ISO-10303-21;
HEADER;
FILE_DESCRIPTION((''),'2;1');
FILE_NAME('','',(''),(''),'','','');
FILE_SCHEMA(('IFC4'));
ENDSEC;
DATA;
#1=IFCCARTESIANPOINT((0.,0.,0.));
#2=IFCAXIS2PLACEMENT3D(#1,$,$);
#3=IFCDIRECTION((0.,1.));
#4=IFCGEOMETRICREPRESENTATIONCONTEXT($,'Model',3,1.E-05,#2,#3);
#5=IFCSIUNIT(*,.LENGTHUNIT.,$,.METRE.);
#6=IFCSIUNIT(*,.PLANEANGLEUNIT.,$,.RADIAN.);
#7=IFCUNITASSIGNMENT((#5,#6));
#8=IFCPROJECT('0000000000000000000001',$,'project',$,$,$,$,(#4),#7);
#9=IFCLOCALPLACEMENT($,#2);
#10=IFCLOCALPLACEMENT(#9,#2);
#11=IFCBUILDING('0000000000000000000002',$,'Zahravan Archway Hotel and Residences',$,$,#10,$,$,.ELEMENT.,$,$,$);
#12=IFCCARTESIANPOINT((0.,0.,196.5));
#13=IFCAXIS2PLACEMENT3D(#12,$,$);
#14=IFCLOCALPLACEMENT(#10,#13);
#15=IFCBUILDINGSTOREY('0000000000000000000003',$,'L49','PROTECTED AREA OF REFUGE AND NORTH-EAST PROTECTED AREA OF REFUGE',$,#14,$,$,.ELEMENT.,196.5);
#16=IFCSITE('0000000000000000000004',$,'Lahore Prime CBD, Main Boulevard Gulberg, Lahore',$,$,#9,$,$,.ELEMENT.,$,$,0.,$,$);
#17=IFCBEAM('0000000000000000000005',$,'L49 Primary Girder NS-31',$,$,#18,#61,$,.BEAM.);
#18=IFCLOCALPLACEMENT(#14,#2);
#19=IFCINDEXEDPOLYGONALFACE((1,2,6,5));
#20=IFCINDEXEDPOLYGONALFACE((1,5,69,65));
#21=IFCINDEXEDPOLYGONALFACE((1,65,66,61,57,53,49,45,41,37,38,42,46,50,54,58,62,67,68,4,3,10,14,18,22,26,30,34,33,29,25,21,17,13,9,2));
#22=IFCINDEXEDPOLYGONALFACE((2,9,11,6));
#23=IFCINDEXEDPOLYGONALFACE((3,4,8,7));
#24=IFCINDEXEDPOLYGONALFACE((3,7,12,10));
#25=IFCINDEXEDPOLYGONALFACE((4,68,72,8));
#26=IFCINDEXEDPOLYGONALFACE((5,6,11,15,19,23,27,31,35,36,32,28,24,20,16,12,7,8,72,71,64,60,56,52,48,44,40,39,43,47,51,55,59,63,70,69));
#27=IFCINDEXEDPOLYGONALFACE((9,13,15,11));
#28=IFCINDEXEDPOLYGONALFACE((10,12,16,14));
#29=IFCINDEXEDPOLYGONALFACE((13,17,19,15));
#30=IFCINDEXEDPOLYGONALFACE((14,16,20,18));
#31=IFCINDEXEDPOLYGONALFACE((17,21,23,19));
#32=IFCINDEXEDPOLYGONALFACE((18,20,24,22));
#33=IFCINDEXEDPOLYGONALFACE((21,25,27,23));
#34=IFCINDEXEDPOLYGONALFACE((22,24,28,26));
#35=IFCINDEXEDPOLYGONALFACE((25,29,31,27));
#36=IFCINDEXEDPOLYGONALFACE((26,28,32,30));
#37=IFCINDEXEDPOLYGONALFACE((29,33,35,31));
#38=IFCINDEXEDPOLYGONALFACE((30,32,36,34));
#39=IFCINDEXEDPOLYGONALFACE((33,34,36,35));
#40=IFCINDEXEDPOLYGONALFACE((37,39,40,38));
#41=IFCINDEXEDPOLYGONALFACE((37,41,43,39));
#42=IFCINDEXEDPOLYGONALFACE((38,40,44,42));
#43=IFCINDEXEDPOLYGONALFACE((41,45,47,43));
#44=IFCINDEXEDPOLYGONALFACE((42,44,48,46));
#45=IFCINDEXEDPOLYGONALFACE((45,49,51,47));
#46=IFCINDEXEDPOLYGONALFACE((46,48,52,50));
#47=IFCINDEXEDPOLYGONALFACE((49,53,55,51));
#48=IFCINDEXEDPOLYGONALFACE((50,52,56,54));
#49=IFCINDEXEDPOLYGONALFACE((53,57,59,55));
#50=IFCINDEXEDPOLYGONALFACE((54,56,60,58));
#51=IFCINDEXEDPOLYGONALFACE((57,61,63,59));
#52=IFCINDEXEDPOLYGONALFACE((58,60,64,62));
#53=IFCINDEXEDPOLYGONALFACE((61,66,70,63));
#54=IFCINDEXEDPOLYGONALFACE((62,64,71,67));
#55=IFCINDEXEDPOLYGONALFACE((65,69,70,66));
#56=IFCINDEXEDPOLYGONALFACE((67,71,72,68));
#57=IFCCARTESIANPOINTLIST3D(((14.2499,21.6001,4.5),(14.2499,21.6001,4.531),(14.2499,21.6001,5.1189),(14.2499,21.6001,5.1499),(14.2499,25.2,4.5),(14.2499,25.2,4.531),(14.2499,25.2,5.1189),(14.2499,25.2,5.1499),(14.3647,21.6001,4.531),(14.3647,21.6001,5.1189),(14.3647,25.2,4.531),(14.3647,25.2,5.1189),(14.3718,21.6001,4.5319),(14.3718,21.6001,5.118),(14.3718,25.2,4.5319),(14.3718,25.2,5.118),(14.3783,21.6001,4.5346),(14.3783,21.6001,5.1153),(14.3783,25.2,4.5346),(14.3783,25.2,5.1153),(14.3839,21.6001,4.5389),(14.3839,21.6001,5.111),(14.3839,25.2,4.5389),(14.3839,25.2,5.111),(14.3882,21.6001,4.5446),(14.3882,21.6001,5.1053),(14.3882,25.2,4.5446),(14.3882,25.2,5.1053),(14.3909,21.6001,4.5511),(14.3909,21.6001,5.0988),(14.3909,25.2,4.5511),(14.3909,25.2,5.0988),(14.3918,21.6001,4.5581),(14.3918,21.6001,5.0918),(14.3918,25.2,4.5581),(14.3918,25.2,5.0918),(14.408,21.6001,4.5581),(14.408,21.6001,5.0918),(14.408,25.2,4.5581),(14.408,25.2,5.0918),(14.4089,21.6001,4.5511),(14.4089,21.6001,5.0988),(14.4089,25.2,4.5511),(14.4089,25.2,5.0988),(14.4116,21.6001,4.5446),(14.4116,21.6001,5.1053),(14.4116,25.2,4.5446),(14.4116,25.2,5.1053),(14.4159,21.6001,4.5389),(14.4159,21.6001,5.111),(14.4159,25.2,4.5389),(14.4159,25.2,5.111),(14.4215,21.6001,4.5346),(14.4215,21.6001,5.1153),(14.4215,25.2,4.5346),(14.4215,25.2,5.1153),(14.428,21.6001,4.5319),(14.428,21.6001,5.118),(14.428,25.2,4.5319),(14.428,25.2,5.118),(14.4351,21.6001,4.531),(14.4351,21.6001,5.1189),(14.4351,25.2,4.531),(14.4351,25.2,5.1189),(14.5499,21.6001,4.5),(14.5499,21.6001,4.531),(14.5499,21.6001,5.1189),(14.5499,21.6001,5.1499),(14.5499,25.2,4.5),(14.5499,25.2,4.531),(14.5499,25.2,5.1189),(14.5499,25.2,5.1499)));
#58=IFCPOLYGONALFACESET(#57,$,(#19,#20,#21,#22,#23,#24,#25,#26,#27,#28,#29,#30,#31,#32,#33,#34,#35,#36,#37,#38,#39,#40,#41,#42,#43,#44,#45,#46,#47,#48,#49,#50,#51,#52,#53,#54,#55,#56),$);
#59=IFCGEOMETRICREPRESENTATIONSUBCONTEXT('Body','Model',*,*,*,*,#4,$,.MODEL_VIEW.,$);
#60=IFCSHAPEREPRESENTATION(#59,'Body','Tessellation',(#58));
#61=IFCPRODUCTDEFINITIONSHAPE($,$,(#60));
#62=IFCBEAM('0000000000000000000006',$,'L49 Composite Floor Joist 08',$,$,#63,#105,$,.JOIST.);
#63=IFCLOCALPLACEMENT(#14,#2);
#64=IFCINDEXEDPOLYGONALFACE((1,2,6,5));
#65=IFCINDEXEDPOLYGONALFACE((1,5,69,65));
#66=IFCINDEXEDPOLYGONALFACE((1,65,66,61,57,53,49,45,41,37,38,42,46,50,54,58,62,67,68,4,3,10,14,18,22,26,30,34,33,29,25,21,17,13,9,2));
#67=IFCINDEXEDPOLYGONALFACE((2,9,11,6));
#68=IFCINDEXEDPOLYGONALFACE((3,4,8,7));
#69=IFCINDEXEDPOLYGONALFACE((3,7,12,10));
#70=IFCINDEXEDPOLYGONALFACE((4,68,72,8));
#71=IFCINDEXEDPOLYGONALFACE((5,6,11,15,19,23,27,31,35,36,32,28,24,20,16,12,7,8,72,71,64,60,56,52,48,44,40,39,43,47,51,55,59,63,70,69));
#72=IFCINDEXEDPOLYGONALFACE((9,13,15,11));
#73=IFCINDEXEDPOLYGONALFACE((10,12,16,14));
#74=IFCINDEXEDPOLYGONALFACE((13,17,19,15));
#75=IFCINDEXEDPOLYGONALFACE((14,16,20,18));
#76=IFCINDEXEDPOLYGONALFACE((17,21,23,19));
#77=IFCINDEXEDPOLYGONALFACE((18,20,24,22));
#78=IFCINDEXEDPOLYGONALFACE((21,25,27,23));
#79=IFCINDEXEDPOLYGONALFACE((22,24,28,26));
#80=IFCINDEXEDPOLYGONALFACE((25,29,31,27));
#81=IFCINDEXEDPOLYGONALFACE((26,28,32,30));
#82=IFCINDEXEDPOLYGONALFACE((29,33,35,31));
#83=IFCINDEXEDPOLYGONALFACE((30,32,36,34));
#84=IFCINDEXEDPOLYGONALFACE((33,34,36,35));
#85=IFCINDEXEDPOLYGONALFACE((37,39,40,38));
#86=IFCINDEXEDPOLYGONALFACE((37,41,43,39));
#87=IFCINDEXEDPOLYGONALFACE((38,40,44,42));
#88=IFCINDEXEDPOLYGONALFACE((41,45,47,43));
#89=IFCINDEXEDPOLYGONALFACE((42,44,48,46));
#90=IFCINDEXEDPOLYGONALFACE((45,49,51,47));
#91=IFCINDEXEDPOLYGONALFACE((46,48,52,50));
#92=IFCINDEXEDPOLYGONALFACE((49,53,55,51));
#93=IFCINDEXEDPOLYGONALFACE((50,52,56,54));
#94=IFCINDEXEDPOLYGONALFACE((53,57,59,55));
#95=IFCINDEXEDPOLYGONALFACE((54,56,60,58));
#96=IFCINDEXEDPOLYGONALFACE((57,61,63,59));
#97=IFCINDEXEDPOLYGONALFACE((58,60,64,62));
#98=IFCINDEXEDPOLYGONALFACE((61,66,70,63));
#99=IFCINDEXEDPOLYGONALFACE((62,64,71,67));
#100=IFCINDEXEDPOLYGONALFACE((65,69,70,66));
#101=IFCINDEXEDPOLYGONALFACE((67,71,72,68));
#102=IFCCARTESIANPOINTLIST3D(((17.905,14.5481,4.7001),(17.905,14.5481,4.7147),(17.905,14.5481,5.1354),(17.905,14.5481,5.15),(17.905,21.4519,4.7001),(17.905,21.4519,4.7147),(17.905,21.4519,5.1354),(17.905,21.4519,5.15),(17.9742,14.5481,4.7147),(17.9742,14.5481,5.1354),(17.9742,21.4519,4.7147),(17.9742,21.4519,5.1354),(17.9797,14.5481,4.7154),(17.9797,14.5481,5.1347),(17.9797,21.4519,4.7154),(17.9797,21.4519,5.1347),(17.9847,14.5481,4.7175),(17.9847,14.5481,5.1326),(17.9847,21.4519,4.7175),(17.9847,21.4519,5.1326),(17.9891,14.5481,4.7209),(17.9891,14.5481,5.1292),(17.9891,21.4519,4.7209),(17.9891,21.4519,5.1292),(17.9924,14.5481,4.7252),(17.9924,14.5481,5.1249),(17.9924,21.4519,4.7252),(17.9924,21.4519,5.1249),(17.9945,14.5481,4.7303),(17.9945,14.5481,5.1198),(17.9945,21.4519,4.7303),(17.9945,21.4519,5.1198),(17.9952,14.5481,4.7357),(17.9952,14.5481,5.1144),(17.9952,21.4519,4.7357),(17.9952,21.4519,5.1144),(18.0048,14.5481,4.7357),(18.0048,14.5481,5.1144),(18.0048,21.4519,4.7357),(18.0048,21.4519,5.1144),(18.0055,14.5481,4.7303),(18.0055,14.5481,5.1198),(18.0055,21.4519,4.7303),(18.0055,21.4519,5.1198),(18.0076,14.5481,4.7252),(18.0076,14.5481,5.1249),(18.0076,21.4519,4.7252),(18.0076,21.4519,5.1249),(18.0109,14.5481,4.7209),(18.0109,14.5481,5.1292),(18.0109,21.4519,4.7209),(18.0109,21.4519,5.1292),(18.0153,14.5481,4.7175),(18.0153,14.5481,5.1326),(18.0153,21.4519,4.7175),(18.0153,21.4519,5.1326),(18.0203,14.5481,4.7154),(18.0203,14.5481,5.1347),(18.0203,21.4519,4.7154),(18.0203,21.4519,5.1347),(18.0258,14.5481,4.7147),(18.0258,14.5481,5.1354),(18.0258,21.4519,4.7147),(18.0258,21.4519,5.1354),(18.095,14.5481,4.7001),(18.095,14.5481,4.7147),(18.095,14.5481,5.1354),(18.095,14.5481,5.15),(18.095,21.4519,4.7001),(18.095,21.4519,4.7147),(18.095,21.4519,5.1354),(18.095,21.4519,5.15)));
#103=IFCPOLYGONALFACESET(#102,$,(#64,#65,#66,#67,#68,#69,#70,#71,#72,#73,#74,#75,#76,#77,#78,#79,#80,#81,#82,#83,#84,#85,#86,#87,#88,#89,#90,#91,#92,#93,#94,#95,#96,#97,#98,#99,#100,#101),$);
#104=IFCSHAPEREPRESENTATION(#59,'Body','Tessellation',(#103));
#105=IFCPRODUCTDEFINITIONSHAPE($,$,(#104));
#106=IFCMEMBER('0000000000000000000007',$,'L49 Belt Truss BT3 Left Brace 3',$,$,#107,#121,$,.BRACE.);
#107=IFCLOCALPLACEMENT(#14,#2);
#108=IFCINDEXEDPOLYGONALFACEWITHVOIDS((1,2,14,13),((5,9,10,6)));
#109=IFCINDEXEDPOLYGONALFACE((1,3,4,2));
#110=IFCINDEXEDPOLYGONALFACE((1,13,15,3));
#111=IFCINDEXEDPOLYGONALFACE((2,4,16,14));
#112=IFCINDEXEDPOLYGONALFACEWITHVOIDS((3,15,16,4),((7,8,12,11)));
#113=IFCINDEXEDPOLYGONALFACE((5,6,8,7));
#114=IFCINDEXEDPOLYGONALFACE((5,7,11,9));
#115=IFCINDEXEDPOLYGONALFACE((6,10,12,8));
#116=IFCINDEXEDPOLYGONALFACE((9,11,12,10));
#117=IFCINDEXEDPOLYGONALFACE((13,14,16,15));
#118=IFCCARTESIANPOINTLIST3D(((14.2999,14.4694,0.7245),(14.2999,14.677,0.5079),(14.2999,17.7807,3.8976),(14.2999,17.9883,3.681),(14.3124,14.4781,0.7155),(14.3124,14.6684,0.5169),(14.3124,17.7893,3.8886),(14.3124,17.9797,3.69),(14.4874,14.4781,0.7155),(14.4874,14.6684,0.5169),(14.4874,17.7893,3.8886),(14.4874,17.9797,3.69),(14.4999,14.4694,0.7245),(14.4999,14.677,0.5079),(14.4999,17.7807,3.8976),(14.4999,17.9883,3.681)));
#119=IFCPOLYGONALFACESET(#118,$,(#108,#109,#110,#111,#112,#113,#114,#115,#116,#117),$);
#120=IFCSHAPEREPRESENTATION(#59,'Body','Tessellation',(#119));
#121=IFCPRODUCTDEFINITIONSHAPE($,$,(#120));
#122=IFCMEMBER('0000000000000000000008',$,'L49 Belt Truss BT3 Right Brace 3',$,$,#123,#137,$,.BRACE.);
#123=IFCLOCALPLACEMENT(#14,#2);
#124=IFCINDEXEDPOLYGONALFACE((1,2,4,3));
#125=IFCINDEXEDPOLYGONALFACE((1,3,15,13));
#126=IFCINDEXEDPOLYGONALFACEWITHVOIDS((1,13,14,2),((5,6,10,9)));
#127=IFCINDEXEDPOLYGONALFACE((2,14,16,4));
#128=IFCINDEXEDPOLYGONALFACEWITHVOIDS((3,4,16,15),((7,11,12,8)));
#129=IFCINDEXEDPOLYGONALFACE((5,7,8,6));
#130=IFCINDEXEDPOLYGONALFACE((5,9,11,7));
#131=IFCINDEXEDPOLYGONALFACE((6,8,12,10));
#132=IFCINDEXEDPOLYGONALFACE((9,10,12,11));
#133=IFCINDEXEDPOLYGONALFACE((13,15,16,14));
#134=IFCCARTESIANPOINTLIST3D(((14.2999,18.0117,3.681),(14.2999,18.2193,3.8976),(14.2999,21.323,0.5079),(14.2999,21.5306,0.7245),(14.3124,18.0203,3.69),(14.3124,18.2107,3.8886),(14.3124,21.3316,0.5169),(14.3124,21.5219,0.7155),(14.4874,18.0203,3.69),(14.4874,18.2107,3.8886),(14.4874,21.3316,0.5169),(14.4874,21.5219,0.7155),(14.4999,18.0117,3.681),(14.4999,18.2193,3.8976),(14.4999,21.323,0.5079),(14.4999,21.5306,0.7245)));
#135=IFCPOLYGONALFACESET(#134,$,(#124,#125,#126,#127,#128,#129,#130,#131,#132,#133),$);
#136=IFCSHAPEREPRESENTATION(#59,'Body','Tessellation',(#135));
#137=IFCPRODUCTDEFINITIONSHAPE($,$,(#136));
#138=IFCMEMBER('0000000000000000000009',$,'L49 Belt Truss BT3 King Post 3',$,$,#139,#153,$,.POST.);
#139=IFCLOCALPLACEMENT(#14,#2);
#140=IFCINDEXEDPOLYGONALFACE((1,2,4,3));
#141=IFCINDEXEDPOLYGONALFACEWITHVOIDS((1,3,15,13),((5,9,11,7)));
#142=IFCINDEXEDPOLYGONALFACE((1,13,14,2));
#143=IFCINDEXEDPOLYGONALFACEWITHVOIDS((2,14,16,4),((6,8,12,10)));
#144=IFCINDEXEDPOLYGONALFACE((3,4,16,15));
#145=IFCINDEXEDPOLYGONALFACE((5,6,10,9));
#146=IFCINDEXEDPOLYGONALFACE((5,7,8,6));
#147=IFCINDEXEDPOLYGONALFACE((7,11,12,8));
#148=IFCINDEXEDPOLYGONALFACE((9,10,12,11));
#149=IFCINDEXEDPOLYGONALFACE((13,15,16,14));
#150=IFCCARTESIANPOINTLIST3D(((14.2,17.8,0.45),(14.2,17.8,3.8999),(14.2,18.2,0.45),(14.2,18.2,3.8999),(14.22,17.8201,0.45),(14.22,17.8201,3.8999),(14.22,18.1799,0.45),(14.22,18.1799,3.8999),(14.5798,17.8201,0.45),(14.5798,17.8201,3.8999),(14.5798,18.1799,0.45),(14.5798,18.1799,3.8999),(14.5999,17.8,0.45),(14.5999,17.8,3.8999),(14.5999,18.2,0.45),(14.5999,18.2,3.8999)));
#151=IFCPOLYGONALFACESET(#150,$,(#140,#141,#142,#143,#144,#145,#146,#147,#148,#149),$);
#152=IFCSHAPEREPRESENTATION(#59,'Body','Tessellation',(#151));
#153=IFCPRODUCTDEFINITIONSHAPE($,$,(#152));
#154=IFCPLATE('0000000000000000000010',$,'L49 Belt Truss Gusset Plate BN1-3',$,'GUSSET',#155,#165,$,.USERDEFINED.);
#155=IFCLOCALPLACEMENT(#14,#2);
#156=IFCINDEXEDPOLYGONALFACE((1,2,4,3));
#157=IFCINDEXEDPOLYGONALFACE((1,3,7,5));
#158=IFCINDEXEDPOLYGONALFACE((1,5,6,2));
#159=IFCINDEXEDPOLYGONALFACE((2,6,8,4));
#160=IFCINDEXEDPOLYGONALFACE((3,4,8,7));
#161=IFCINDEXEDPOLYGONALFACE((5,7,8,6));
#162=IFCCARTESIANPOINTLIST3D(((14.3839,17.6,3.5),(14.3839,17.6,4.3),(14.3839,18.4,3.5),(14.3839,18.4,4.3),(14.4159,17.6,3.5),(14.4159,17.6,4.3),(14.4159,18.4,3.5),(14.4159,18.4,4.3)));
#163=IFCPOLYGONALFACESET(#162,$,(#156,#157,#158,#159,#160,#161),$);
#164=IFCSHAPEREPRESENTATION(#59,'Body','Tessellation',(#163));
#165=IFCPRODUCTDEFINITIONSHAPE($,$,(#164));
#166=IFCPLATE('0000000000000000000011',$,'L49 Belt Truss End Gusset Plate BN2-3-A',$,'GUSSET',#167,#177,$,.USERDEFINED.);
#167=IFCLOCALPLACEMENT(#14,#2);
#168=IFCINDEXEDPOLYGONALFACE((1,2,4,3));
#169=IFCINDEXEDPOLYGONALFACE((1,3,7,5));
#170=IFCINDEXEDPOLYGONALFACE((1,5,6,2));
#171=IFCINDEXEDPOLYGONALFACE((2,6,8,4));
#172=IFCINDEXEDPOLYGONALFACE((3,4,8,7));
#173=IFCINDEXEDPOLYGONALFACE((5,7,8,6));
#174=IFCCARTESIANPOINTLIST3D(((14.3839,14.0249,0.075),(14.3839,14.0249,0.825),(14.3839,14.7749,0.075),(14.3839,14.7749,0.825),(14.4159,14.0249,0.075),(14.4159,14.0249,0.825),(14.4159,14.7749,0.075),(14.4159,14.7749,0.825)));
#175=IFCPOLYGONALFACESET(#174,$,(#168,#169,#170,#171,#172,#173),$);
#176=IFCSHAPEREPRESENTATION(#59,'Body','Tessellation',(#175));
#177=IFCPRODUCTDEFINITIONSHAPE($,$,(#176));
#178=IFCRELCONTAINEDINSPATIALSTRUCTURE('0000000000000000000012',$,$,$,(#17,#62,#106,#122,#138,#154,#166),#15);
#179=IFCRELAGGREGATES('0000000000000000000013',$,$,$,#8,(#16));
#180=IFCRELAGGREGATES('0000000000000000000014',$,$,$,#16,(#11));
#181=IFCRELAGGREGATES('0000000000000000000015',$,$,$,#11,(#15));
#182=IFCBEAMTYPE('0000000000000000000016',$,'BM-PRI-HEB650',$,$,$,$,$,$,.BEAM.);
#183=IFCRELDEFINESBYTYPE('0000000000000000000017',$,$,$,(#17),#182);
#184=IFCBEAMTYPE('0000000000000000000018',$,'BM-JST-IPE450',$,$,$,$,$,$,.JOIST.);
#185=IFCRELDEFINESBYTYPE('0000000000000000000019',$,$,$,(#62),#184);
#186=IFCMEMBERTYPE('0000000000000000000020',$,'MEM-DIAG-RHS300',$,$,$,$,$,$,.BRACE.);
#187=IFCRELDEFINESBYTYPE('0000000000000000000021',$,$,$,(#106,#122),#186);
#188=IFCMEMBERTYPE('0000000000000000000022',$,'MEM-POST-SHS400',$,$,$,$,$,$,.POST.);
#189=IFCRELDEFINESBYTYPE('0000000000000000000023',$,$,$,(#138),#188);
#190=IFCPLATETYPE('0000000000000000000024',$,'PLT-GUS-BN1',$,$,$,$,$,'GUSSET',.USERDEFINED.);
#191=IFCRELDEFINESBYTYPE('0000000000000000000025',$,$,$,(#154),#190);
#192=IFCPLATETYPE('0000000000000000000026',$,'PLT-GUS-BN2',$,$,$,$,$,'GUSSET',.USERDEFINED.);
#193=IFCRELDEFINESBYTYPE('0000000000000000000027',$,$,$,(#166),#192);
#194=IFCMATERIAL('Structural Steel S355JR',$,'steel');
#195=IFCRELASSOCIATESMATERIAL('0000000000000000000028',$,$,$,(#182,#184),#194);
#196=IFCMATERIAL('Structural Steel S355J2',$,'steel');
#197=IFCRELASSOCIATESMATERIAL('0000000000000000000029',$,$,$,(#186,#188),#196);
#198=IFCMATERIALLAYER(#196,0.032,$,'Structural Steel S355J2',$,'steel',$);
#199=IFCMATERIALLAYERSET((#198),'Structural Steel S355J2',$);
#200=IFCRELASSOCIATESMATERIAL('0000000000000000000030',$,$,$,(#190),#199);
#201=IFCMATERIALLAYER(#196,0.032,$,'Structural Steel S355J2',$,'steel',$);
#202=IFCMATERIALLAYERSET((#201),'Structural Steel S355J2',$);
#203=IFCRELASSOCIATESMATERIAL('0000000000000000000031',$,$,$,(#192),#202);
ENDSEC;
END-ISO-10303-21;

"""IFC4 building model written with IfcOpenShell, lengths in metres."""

from ifc_helpers import new_model, si_unit, direction, frame, origin, origin_2d, place, context, subcontext, project, spatial, rectangle, hollow_rectangle, i_section, extrude, source, transform, mapped, material, layer, layer_set, material_profile, profile_set, type_object, type_shapes, element, save


model = new_model("IFC4")

# Units and contexts
model_context = context("Model", 3, precision=1e-05, world=origin(), true_north=direction((0.0, 1.0)))
body_context = subcontext(model_context, "Body", "Model", "MODEL_VIEW")
ifc_project = project(units=[si_unit("LENGTHUNIT", "METRE"), si_unit("PLANEANGLEUNIT", "RADIAN")], contexts=[model_context])

# Site, building, storey
site_placement = place(None, origin())
site = spatial("IfcSite", under=ifc_project, at=site_placement, Name="Lahore Prime CBD, Main Boulevard Gulberg, Lahore", CompositionType="ELEMENT", RefElevation=0.0)
building_placement = place(site_placement, origin())
building = spatial("IfcBuilding", under=site, at=building_placement, Name="Zahravan Archway Hotel and Residences", CompositionType="ELEMENT")
storey_placement = place(building_placement, frame((0.0, 0.0, 196.5)))
storey = spatial("IfcBuildingStorey", under=building, at=storey_placement, Name="L49", Description="PROTECTED AREA OF REFUGE AND NORTH-EAST PROTECTED AREA OF REFUGE", CompositionType="ELEMENT", Elevation=196.5)

# Beams
ifc_material_1 = material(Name="Structural Steel S355JR", Category="steel")
ifc_material_profile_1 = material_profile(ifc_material_1, i_section(OverallWidth=0.3, OverallDepth=0.6499, WebThickness=0.0161, FlangeThickness=0.031, FilletRadius=0.0271, at=origin_2d()), Name="HEB 650", Category="steel")
ifc_profile_set_1 = profile_set([ifc_material_profile_1], Name="Structural Steel S355JR")
beam_type_1 = type_object("IfcBeamType", Name="BM-PRI-HEB650", PredefinedType="BEAM", material=ifc_profile_set_1)
shared_shape_1 = source(origin(), body_context, "Body", "SweptSolid", [
    extrude(i_section(OverallWidth=0.3, OverallDepth=0.6499, WebThickness=0.0161, FlangeThickness=0.031, FilletRadius=0.0271, at=origin_2d()), origin(), (0.0, 0.0, 1.0), 3.5999),
])
beam_1_placement = place(storey_placement, frame((14.3999, 21.6001, 4.825), z_axis=(0.0, 1.0, 0.0), x_axis=(-1.0, 0.0, 0.0)))
element("IfcBeam", 1, at=beam_1_placement, inside=storey, type_object=beam_type_1, Name="L49 Primary Girder NS-31", PredefinedType="BEAM", context=body_context, shape_type="MappedRepresentation", body=[
    mapped(shared_shape_1, transform((0.0, 0.0, 0.0), scale=1.0)),
])
ifc_material_profile_2 = material_profile(ifc_material_1, i_section(OverallWidth=0.1899, OverallDepth=0.45, WebThickness=0.0095, FlangeThickness=0.0146, FilletRadius=0.021, at=origin_2d()), Name="IPE 450", Category="steel")
ifc_profile_set_2 = profile_set([ifc_material_profile_2], Name="Structural Steel S355JR")
beam_type_2 = type_object("IfcBeamType", Name="BM-JST-IPE450", PredefinedType="JOIST", material=ifc_profile_set_2)
shared_shape_2 = source(origin(), body_context, "Body", "SweptSolid", [
    extrude(i_section(OverallWidth=0.1899, OverallDepth=0.45, WebThickness=0.0095, FlangeThickness=0.0146, FilletRadius=0.021, at=origin_2d()), origin(), (0.0, 0.0, 1.0), 6.9038),
])
beam_2_placement = place(storey_placement, frame((18.0, 14.5481, 4.925), z_axis=(0.0, 1.0, 0.0), x_axis=(-1.0, 0.0, 0.0)))
element("IfcBeam", 2, at=beam_2_placement, inside=storey, type_object=beam_type_2, Name="L49 Composite Floor Joist 08", PredefinedType="JOIST", context=body_context, shape_type="MappedRepresentation", body=[
    mapped(shared_shape_2, transform((0.0, 0.0, 0.0), scale=1.0)),
])

# Members
ifc_material_2 = material(Name="Structural Steel S355J2", Category="steel")
ifc_material_profile_3 = material_profile(ifc_material_2, hollow_rectangle(XDim=0.2, YDim=0.3, WallThickness=0.0125, at=origin_2d()), Name="RHS 300x200x12.5", Category="steel")
ifc_profile_set_3 = profile_set([ifc_material_profile_3], Name="Structural Steel S355J2")
member_type_1 = type_object("IfcMemberType", Name="MEM-DIAG-RHS300", PredefinedType="BRACE", material=ifc_profile_set_3)
shared_shape_3 = source(origin(), body_context, "Body", "SweptSolid", [
    extrude(hollow_rectangle(XDim=0.2, YDim=0.3, WallThickness=0.0125, at=origin_2d()), origin(), (0.0, 0.0, 1.0), 4.5862),
])
type_shapes(member_type_1, [shared_shape_3])
for number, where, z_axis, x_axis, name in (
    (3, (14.3999, 14.5732, 0.6162), (0.0, 0.722011, 0.691881), (-1.0, 0.0, 0.0), "L49 Belt Truss BT3 Left Brace 3"),
    (4, (14.3999, 18.1155, 3.7893), (0.0, 0.722011, -0.691881), (-1.0, 0.0, 0.0), "L49 Belt Truss BT3 Right Brace 3"),
):
    element("IfcMember", number, at=place(storey_placement, frame(where, z_axis=z_axis, x_axis=x_axis)), inside=storey, type_object=member_type_1, Name=name, PredefinedType="BRACE", context=body_context, shape_type="MappedRepresentation", body=[
        mapped(shared_shape_3, transform((0.0, 0.0, 0.0), scale=1.0)),
    ])
ifc_material_profile_4 = material_profile(ifc_material_2, hollow_rectangle(XDim=0.3999, YDim=0.3999, WallThickness=0.02, at=origin_2d()), Name="SHS 400x400x20", Category="steel")
ifc_profile_set_4 = profile_set([ifc_material_profile_4], Name="Structural Steel S355J2")
member_type_2 = type_object("IfcMemberType", Name="MEM-POST-SHS400", PredefinedType="POST", material=ifc_profile_set_4)
shared_shape_4 = source(origin(), body_context, "Body", "SweptSolid", [
    extrude(hollow_rectangle(XDim=0.3999, YDim=0.3999, WallThickness=0.02, at=origin_2d()), origin(), (0.0, 0.0, 1.0), 3.45),
])
type_shapes(member_type_2, [shared_shape_4])
member_placement = place(storey_placement, frame((14.3999, 18.0, 0.45), z_axis=(0.0, 0.0, 1.0), x_axis=(1.0, 0.0, 0.0)))
element("IfcMember", 5, at=member_placement, inside=storey, type_object=member_type_2, Name="L49 Belt Truss BT3 King Post 3", PredefinedType="POST", context=body_context, shape_type="MappedRepresentation", body=[
    mapped(shared_shape_4, transform((0.0, 0.0, 0.0), scale=1.0)),
])

# Plates
ifc_layer_1 = layer(ifc_material_2, 0.032, Name="Structural Steel S355J2", Category="steel")
ifc_layer_set_1 = layer_set([ifc_layer_1], Name="Structural Steel S355J2")
plate_type_1 = type_object("IfcPlateType", Name="PLT-GUS-BN1", ElementType="GUSSET", PredefinedType="USERDEFINED", material=ifc_layer_set_1)
shared_shape_5 = source(origin(), body_context, "Body", "SweptSolid", [
    extrude(rectangle(XDim=0.8, YDim=0.032, at=origin_2d()), origin(), (0.0, 0.0, 1.0), 0.8),
])
type_shapes(plate_type_1, [shared_shape_5])
plate_placement = place(storey_placement, frame((14.3999, 18.0, 3.5), z_axis=(0.0, 0.0, 1.0), x_axis=(0.0, 1.0, 0.0)))
element("IfcPlate", 6, at=plate_placement, inside=storey, type_object=plate_type_1, Name="L49 Belt Truss Gusset Plate BN1-3", ObjectType="GUSSET", PredefinedType="USERDEFINED", context=body_context, shape_type="MappedRepresentation", body=[
    mapped(shared_shape_5, transform((0.0, 0.0, 0.0), scale=1.0)),
])
ifc_layer_2 = layer(ifc_material_2, 0.032, Name="Structural Steel S355J2", Category="steel")
ifc_layer_set_2 = layer_set([ifc_layer_2], Name="Structural Steel S355J2")
plate_type_2 = type_object("IfcPlateType", Name="PLT-GUS-BN2", ElementType="GUSSET", PredefinedType="USERDEFINED", material=ifc_layer_set_2)
shared_shape_6 = source(origin(), body_context, "Body", "SweptSolid", [
    extrude(rectangle(XDim=0.75, YDim=0.032, at=origin_2d()), origin(), (0.0, 0.0, 1.0), 0.75),
])
type_shapes(plate_type_2, [shared_shape_6])
for number, where, z_axis, x_axis, name in (
    (7, (14.3999, 14.3999, 0.075), (0.0, 0.0, 1.0), (0.0, 1.0, 0.0), "L49 Belt Truss End Gusset Plate BN2-3-A"),
):
    element("IfcPlate", number, at=place(storey_placement, frame(where, z_axis=z_axis, x_axis=x_axis)), inside=storey, type_object=plate_type_2, Name=name, ObjectType="GUSSET", PredefinedType="USERDEFINED", context=body_context, shape_type="MappedRepresentation", body=[
        mapped(shared_shape_6, transform((0.0, 0.0, 0.0), scale=1.0)),
    ])

save(model, "model.ifc")
